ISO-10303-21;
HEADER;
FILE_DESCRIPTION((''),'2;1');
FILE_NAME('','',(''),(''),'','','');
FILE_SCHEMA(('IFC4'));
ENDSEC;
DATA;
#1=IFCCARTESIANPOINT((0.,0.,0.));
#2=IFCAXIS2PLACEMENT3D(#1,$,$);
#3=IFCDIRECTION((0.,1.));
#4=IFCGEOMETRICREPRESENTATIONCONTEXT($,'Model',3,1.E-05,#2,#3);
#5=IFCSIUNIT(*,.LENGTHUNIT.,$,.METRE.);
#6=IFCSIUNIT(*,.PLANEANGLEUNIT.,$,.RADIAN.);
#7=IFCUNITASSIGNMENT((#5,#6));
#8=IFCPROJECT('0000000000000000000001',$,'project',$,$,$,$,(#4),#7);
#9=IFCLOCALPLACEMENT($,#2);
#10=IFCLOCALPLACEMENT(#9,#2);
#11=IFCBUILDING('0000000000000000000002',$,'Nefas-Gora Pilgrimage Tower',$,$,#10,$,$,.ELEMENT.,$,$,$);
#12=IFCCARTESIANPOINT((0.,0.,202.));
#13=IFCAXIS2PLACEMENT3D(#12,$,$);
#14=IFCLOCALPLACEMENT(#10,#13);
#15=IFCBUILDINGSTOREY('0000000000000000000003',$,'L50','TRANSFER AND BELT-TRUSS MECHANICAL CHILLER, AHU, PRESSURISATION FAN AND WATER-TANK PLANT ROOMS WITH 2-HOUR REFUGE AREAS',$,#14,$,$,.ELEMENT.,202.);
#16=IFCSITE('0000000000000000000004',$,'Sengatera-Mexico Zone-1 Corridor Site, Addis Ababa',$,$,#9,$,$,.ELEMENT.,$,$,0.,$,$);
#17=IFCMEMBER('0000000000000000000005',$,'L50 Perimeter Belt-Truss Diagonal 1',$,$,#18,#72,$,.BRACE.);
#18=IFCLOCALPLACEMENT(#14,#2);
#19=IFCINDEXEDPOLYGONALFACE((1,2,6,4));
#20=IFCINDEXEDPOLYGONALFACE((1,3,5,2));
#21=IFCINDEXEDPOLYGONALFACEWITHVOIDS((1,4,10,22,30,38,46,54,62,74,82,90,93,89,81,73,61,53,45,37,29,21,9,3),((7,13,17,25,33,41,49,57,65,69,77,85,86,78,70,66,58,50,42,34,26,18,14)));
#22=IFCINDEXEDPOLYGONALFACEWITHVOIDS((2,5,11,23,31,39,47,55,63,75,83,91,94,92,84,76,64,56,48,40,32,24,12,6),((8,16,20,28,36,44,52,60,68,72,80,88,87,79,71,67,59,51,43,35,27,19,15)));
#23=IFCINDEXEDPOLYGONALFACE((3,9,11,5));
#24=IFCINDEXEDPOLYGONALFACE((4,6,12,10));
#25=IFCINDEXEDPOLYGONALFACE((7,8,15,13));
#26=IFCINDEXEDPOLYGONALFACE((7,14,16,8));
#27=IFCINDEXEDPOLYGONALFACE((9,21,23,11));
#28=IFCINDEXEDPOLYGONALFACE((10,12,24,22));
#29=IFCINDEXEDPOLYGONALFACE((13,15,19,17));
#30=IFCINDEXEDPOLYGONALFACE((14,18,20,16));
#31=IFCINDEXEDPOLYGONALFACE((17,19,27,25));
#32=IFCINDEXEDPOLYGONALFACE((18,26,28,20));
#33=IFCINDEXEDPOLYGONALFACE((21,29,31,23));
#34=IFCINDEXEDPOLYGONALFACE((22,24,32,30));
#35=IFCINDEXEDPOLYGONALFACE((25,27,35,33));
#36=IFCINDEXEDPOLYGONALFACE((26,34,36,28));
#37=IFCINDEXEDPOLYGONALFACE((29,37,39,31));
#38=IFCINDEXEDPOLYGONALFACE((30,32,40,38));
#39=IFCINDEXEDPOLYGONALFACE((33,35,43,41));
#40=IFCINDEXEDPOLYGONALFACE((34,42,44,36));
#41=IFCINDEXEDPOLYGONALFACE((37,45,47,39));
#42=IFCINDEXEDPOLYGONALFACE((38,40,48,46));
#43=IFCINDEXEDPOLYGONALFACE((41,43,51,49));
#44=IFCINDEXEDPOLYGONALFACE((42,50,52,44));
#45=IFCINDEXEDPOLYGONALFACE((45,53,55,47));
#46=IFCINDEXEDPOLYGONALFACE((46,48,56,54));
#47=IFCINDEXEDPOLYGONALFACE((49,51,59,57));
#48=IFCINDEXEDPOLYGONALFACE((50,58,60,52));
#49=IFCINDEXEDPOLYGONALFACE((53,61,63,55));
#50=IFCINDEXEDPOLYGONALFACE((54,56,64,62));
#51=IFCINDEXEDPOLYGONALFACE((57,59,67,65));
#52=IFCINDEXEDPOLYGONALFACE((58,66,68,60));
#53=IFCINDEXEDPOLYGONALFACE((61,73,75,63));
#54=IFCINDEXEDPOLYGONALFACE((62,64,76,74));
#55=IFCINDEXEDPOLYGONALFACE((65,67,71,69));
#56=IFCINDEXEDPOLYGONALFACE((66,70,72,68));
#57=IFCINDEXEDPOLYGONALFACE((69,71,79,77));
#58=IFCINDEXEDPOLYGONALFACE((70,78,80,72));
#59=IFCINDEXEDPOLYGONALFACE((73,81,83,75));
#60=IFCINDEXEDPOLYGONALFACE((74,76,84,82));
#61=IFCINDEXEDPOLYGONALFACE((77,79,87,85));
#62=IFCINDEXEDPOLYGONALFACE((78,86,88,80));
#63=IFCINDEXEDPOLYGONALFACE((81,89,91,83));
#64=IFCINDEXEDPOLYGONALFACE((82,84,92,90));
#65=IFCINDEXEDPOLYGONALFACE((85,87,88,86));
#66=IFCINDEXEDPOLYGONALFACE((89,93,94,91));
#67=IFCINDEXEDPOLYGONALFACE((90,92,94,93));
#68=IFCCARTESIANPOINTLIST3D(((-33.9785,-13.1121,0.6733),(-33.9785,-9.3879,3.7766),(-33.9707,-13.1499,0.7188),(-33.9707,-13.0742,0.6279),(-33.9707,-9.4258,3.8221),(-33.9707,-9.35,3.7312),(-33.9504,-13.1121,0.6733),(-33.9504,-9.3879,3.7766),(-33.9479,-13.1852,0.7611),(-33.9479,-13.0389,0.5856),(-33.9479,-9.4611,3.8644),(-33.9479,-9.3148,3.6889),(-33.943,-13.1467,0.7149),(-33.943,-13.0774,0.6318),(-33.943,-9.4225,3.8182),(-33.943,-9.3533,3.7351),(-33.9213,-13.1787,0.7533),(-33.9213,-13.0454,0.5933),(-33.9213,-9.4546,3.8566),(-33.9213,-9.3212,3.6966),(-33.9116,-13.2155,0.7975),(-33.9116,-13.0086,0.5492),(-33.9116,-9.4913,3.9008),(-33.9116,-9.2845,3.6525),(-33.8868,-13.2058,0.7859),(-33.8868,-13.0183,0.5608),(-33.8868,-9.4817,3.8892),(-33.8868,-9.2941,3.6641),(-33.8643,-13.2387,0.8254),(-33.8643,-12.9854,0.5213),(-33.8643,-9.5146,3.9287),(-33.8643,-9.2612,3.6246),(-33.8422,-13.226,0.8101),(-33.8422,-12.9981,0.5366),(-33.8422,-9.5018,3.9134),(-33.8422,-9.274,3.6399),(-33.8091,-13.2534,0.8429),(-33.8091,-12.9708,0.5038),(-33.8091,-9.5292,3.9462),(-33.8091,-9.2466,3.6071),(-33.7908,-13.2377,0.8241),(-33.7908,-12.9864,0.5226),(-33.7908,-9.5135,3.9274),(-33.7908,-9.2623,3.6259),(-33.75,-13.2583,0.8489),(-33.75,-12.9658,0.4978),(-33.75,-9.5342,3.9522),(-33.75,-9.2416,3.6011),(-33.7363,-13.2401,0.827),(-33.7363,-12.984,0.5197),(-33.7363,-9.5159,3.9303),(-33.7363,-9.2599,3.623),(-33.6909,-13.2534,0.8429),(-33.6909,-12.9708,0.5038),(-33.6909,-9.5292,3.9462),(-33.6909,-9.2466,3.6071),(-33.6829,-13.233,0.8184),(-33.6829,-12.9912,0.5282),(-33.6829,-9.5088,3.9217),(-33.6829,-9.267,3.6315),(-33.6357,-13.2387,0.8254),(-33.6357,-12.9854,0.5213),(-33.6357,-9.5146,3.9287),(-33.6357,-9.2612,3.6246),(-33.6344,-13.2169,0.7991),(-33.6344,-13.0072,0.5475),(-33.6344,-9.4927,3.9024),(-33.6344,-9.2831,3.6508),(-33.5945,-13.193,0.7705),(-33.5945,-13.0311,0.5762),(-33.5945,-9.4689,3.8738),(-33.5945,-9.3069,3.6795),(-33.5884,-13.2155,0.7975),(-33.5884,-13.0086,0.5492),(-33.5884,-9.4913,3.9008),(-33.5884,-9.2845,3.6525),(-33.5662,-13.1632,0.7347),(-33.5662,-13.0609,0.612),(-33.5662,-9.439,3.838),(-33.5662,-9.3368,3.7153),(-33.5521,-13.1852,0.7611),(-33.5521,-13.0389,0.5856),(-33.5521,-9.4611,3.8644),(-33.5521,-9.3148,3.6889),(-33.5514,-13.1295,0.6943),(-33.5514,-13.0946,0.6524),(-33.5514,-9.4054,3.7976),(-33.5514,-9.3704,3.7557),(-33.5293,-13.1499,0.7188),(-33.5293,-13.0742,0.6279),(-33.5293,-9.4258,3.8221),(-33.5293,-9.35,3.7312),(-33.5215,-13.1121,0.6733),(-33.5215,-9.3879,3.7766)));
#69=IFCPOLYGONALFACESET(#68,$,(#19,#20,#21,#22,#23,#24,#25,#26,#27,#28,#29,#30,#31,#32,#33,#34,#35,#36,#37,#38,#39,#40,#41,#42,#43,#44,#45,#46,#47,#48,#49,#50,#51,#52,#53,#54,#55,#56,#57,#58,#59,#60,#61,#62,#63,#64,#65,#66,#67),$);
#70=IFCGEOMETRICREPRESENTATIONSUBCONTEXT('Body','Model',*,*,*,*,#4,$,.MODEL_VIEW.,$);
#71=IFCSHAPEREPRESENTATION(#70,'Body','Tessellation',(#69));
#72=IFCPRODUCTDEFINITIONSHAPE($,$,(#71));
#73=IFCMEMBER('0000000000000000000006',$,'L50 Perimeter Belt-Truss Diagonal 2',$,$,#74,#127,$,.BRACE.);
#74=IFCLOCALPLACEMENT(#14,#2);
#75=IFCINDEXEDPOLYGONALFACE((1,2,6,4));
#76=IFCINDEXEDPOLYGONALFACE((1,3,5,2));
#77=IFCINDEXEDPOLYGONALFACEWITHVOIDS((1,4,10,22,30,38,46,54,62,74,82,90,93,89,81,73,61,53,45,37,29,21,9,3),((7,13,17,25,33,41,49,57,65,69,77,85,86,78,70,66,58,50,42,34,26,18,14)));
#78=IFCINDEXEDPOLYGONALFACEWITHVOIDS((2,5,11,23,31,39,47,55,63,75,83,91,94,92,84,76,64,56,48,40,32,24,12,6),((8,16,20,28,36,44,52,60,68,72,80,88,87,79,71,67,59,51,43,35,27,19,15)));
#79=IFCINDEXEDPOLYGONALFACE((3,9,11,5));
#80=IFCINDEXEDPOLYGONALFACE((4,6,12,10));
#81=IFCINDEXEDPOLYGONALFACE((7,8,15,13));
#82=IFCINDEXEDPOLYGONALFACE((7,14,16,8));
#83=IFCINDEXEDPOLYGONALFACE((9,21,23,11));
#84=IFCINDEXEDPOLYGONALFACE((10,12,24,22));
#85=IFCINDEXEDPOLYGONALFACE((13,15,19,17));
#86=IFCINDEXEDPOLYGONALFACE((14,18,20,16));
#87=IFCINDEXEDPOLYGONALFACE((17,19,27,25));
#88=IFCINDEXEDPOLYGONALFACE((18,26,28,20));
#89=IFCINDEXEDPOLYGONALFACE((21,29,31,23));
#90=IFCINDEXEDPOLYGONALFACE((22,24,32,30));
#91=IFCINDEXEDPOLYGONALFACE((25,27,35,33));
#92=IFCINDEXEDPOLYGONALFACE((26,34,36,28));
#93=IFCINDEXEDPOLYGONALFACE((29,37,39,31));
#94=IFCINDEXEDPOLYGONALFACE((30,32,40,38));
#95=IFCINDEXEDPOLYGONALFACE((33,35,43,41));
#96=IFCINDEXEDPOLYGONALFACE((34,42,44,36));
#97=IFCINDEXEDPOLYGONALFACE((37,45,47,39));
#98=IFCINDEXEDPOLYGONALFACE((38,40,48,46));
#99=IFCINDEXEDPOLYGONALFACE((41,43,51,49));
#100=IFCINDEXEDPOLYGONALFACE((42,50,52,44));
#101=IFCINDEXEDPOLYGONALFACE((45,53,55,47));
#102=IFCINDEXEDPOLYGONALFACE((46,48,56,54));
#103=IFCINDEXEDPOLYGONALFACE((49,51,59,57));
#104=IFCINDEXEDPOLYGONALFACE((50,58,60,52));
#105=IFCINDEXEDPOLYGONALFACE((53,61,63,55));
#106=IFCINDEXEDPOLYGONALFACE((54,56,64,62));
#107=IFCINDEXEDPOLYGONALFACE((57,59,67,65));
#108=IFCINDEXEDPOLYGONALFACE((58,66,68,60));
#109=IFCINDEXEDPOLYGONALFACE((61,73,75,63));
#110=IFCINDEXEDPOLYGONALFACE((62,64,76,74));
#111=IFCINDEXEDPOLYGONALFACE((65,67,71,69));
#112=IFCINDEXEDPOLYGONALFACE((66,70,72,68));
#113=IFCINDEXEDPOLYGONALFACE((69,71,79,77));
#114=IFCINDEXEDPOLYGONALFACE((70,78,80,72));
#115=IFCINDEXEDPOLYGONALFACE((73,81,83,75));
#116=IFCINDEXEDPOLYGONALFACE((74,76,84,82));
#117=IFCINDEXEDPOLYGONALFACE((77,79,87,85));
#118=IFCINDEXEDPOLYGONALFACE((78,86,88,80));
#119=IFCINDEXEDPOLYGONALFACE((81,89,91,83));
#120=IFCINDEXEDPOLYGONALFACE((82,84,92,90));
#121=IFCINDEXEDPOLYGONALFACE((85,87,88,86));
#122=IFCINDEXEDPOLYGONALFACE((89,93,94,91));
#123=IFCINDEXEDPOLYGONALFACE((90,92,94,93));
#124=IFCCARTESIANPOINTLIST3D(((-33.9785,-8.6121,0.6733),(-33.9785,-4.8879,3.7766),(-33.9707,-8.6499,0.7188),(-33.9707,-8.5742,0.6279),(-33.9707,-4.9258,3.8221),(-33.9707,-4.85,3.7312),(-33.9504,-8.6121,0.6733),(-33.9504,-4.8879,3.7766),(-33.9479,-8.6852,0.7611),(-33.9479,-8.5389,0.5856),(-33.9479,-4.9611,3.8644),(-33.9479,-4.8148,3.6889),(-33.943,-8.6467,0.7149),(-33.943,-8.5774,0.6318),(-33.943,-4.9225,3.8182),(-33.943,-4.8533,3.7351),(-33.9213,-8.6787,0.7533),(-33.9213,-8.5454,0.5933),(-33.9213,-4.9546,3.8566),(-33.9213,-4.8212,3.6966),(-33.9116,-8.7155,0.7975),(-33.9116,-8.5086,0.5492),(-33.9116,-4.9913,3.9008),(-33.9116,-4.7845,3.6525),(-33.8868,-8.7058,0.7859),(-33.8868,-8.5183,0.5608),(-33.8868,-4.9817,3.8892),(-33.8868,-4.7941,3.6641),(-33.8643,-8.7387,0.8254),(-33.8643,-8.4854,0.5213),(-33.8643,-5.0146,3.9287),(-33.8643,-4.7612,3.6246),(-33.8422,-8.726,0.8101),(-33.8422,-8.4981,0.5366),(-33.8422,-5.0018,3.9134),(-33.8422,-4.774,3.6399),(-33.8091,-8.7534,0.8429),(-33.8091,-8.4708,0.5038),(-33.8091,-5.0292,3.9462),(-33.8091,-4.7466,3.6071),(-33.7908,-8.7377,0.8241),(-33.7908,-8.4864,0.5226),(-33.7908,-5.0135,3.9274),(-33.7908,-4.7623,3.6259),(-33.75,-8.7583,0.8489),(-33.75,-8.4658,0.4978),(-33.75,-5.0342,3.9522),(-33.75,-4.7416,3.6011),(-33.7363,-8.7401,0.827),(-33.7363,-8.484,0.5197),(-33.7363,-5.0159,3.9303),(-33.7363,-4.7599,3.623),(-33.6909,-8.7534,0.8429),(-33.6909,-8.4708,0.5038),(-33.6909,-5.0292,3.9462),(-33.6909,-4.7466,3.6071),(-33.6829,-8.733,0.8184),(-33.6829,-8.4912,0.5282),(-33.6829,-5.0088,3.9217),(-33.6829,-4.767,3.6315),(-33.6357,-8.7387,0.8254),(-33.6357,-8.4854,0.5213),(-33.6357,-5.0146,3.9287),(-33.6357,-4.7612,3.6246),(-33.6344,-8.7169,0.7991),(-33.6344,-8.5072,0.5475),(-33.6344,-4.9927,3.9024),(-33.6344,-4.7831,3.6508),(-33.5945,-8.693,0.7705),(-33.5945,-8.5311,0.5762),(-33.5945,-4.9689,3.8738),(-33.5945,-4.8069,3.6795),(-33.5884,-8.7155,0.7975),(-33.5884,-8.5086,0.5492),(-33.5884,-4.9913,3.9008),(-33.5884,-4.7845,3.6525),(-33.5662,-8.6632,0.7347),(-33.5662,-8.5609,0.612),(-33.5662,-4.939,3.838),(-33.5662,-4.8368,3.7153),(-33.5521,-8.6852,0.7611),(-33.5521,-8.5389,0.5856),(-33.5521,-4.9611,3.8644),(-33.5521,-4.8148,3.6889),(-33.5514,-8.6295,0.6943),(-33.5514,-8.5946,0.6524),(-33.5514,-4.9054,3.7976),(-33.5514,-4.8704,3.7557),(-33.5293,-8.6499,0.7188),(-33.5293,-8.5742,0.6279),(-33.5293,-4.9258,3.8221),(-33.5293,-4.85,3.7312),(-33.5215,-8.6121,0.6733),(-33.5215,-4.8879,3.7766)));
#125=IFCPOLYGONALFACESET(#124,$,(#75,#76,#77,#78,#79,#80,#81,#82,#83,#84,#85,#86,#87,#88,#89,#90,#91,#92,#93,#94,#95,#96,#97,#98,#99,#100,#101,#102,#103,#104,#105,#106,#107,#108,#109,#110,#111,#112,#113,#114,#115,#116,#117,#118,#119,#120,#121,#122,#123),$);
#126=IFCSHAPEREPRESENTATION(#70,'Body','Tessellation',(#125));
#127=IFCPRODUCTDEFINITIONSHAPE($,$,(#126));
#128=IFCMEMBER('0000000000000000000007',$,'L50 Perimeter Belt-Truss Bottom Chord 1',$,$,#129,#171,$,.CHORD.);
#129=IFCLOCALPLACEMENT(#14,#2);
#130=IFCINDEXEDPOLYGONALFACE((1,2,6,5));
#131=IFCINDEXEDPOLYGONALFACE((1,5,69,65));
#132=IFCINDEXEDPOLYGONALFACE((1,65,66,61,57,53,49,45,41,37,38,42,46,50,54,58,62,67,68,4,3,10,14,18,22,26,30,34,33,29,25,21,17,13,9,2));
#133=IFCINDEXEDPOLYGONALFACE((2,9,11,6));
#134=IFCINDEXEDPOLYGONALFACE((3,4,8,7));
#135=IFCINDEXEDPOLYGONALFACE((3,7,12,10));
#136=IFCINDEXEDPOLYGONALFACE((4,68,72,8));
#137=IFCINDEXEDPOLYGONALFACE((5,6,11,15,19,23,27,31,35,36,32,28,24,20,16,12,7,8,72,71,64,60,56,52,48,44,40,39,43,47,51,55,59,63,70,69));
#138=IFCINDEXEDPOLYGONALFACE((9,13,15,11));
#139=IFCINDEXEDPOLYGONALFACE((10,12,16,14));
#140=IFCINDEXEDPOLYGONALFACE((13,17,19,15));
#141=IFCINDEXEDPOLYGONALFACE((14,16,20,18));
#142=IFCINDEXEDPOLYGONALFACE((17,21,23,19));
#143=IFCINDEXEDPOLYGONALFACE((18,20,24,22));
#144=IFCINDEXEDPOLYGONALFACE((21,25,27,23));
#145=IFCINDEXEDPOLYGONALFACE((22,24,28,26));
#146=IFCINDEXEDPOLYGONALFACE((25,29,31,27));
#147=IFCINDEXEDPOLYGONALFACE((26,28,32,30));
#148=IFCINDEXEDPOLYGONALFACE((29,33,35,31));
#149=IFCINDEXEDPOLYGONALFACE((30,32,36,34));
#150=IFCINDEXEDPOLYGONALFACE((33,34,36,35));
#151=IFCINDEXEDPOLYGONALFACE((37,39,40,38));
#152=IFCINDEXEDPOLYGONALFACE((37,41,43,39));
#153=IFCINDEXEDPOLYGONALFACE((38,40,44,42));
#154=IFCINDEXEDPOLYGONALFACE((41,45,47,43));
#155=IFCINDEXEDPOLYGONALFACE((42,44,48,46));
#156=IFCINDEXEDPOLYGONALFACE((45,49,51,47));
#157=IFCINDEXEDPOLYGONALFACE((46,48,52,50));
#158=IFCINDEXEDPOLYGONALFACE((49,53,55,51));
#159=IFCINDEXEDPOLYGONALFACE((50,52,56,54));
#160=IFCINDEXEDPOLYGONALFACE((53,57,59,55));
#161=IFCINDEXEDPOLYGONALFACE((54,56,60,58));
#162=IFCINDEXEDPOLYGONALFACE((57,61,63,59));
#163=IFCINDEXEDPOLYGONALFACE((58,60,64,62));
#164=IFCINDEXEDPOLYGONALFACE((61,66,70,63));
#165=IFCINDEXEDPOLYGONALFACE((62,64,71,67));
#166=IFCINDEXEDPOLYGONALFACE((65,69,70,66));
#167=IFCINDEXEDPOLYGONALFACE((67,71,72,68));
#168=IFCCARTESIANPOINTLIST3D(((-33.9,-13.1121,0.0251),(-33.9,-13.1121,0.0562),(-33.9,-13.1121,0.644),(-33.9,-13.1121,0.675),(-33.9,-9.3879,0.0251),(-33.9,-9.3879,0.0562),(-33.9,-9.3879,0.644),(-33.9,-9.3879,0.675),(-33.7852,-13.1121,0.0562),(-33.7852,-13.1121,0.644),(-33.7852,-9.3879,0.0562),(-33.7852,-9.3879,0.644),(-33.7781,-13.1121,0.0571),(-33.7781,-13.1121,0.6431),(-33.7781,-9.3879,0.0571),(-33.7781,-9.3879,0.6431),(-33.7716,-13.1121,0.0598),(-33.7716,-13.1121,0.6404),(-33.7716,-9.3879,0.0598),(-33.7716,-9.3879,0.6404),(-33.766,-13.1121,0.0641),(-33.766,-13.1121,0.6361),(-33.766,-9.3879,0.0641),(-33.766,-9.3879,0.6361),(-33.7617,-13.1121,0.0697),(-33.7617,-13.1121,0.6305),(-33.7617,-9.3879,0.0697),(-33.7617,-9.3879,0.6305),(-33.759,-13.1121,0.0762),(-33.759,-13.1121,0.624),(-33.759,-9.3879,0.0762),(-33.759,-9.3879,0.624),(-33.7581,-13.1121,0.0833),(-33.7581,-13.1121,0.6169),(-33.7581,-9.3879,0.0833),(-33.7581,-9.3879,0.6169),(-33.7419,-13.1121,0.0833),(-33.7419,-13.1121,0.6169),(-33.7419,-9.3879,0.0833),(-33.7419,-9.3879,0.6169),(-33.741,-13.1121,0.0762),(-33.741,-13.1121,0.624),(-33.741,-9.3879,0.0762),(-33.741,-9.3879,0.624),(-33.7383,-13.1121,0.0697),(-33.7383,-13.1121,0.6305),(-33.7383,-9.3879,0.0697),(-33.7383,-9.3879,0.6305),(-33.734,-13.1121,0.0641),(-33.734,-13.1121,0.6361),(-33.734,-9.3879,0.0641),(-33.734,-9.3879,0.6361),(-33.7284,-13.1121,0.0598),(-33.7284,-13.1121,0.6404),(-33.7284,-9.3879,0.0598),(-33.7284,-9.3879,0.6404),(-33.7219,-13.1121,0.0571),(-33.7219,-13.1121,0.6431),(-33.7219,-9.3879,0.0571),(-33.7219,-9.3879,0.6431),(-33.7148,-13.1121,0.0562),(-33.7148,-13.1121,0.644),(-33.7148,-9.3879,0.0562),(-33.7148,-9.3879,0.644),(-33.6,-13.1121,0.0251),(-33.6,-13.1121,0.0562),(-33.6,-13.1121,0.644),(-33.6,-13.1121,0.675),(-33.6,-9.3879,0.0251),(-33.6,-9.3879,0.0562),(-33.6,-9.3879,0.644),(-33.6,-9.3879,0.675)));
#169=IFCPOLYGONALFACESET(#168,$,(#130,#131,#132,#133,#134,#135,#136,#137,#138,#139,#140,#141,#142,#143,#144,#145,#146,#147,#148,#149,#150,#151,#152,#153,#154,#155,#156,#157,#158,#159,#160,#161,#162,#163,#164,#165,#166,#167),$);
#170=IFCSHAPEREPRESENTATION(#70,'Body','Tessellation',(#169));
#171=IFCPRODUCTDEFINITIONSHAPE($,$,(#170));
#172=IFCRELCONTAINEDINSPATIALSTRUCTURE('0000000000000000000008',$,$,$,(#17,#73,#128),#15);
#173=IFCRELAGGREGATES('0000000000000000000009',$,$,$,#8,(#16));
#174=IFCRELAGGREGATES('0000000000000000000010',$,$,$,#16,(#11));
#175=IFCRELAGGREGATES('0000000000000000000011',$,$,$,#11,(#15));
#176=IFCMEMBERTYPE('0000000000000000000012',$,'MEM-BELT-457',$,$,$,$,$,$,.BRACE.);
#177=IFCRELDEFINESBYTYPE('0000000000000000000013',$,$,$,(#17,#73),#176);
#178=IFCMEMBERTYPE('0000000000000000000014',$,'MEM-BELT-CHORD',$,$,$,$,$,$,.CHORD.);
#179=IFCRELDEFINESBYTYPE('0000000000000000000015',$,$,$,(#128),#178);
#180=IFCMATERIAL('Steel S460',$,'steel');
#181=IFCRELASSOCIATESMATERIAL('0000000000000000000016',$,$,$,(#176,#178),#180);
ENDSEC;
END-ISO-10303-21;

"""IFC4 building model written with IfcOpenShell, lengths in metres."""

from ifc_helpers import new_model, si_unit, direction, frame, origin, origin_2d, place, context, subcontext, project, spatial, hollow_circle, i_section, extrude, source, transform, mapped, material, material_profile, profile_set, type_object, element, save


model = new_model("IFC4")

# Units and contexts
model_context = context("Model", 3, precision=1e-05, world=origin(), true_north=direction((0.0, 1.0)))
body_context = subcontext(model_context, "Body", "Model", "MODEL_VIEW")
ifc_project = project(units=[si_unit("LENGTHUNIT", "METRE"), si_unit("PLANEANGLEUNIT", "RADIAN")], contexts=[model_context])

# Site, building, storey
site_placement = place(None, origin())
site = spatial("IfcSite", under=ifc_project, at=site_placement, Name="Sengatera-Mexico Zone-1 Corridor Site, Addis Ababa", CompositionType="ELEMENT", RefElevation=0.0)
building_placement = place(site_placement, origin())
building = spatial("IfcBuilding", under=site, at=building_placement, Name="Nefas-Gora Pilgrimage Tower", CompositionType="ELEMENT")
storey_placement = place(building_placement, frame((0.0, 0.0, 202.0)))
storey = spatial("IfcBuildingStorey", under=building, at=storey_placement, Name="L50", Description="TRANSFER AND BELT-TRUSS MECHANICAL CHILLER, AHU, PRESSURISATION FAN AND WATER-TANK PLANT ROOMS WITH 2-HOUR REFUGE AREAS", CompositionType="ELEMENT", Elevation=202.0)

# Shared definitions
ifc_material_1 = material(Name="Steel S460", Category="steel")

# Members
ifc_material_profile_1 = material_profile(ifc_material_1, hollow_circle(Radius=0.2285, WallThickness=0.0281, at=origin_2d()), Name="CHS 457x28")
ifc_profile_set_1 = profile_set([ifc_material_profile_1], Name="Steel S460")
member_type_1 = type_object("IfcMemberType", Name="MEM-BELT-457", PredefinedType="BRACE", material=ifc_profile_set_1)
shared_shape_1 = source(origin(), body_context, "Body", "SweptSolid", [
    extrude(hollow_circle(Radius=0.2285, WallThickness=0.0281, at=origin_2d()), origin(), (0.0, 0.0, 1.0), 4.8477),
])
for number, where, z_axis, x_axis, name in (
    (1, (-33.75, -13.1121, 0.6733), (0.0, 0.768238, 0.640165), (-1.0, 0.0, 0.0), "L50 Perimeter Belt-Truss Diagonal 1"),
    (2, (-33.75, -8.6121, 0.6733), (0.0, 0.768238, 0.640165), (-1.0, 0.0, 0.0), "L50 Perimeter Belt-Truss Diagonal 2"),
):
    element("IfcMember", number, at=place(storey_placement, frame(where, z_axis=z_axis, x_axis=x_axis)), inside=storey, type_object=member_type_1, Name=name, PredefinedType="BRACE", context=body_context, shape_type="MappedRepresentation", body=[
        mapped(shared_shape_1, transform((0.0, 0.0, 0.0), x_axis=(1.0, 0.0, 0.0), y_axis=(0.0, 1.0, 0.0), z_axis=(0.0, 0.0, 1.0), scale=1.0)),
    ])
ifc_material_profile_2 = material_profile(ifc_material_1, i_section(OverallWidth=0.3, OverallDepth=0.6499, WebThickness=0.0161, FlangeThickness=0.031, FilletRadius=0.0271, at=origin_2d()), Name="HEB 650")
ifc_profile_set_2 = profile_set([ifc_material_profile_2], Name="Steel S460")
member_type_2 = type_object("IfcMemberType", Name="MEM-BELT-CHORD", PredefinedType="CHORD", material=ifc_profile_set_2)
shared_shape_2 = source(origin(), body_context, "Body", "SweptSolid", [
    extrude(i_section(OverallWidth=0.3, OverallDepth=0.6499, WebThickness=0.0161, FlangeThickness=0.031, FilletRadius=0.0271, at=origin_2d()), origin(), (0.0, 0.0, 1.0), 3.7241),
])
for number, where, z_axis, x_axis, name in (
    (3, (-33.75, -13.1121, 0.3501), (0.0, 1.0, 0.0), (-1.0, 0.0, 0.0), "L50 Perimeter Belt-Truss Bottom Chord 1"),
):
    element("IfcMember", number, at=place(storey_placement, frame(where, z_axis=z_axis, x_axis=x_axis)), inside=storey, type_object=member_type_2, Name=name, PredefinedType="CHORD", context=body_context, shape_type="MappedRepresentation", body=[
        mapped(shared_shape_2, transform((0.0, 0.0, 0.0), x_axis=(1.0, 0.0, 0.0), y_axis=(0.0, 1.0, 0.0), z_axis=(0.0, 0.0, 1.0), scale=1.0)),
    ])

save(model, "model.ifc")
